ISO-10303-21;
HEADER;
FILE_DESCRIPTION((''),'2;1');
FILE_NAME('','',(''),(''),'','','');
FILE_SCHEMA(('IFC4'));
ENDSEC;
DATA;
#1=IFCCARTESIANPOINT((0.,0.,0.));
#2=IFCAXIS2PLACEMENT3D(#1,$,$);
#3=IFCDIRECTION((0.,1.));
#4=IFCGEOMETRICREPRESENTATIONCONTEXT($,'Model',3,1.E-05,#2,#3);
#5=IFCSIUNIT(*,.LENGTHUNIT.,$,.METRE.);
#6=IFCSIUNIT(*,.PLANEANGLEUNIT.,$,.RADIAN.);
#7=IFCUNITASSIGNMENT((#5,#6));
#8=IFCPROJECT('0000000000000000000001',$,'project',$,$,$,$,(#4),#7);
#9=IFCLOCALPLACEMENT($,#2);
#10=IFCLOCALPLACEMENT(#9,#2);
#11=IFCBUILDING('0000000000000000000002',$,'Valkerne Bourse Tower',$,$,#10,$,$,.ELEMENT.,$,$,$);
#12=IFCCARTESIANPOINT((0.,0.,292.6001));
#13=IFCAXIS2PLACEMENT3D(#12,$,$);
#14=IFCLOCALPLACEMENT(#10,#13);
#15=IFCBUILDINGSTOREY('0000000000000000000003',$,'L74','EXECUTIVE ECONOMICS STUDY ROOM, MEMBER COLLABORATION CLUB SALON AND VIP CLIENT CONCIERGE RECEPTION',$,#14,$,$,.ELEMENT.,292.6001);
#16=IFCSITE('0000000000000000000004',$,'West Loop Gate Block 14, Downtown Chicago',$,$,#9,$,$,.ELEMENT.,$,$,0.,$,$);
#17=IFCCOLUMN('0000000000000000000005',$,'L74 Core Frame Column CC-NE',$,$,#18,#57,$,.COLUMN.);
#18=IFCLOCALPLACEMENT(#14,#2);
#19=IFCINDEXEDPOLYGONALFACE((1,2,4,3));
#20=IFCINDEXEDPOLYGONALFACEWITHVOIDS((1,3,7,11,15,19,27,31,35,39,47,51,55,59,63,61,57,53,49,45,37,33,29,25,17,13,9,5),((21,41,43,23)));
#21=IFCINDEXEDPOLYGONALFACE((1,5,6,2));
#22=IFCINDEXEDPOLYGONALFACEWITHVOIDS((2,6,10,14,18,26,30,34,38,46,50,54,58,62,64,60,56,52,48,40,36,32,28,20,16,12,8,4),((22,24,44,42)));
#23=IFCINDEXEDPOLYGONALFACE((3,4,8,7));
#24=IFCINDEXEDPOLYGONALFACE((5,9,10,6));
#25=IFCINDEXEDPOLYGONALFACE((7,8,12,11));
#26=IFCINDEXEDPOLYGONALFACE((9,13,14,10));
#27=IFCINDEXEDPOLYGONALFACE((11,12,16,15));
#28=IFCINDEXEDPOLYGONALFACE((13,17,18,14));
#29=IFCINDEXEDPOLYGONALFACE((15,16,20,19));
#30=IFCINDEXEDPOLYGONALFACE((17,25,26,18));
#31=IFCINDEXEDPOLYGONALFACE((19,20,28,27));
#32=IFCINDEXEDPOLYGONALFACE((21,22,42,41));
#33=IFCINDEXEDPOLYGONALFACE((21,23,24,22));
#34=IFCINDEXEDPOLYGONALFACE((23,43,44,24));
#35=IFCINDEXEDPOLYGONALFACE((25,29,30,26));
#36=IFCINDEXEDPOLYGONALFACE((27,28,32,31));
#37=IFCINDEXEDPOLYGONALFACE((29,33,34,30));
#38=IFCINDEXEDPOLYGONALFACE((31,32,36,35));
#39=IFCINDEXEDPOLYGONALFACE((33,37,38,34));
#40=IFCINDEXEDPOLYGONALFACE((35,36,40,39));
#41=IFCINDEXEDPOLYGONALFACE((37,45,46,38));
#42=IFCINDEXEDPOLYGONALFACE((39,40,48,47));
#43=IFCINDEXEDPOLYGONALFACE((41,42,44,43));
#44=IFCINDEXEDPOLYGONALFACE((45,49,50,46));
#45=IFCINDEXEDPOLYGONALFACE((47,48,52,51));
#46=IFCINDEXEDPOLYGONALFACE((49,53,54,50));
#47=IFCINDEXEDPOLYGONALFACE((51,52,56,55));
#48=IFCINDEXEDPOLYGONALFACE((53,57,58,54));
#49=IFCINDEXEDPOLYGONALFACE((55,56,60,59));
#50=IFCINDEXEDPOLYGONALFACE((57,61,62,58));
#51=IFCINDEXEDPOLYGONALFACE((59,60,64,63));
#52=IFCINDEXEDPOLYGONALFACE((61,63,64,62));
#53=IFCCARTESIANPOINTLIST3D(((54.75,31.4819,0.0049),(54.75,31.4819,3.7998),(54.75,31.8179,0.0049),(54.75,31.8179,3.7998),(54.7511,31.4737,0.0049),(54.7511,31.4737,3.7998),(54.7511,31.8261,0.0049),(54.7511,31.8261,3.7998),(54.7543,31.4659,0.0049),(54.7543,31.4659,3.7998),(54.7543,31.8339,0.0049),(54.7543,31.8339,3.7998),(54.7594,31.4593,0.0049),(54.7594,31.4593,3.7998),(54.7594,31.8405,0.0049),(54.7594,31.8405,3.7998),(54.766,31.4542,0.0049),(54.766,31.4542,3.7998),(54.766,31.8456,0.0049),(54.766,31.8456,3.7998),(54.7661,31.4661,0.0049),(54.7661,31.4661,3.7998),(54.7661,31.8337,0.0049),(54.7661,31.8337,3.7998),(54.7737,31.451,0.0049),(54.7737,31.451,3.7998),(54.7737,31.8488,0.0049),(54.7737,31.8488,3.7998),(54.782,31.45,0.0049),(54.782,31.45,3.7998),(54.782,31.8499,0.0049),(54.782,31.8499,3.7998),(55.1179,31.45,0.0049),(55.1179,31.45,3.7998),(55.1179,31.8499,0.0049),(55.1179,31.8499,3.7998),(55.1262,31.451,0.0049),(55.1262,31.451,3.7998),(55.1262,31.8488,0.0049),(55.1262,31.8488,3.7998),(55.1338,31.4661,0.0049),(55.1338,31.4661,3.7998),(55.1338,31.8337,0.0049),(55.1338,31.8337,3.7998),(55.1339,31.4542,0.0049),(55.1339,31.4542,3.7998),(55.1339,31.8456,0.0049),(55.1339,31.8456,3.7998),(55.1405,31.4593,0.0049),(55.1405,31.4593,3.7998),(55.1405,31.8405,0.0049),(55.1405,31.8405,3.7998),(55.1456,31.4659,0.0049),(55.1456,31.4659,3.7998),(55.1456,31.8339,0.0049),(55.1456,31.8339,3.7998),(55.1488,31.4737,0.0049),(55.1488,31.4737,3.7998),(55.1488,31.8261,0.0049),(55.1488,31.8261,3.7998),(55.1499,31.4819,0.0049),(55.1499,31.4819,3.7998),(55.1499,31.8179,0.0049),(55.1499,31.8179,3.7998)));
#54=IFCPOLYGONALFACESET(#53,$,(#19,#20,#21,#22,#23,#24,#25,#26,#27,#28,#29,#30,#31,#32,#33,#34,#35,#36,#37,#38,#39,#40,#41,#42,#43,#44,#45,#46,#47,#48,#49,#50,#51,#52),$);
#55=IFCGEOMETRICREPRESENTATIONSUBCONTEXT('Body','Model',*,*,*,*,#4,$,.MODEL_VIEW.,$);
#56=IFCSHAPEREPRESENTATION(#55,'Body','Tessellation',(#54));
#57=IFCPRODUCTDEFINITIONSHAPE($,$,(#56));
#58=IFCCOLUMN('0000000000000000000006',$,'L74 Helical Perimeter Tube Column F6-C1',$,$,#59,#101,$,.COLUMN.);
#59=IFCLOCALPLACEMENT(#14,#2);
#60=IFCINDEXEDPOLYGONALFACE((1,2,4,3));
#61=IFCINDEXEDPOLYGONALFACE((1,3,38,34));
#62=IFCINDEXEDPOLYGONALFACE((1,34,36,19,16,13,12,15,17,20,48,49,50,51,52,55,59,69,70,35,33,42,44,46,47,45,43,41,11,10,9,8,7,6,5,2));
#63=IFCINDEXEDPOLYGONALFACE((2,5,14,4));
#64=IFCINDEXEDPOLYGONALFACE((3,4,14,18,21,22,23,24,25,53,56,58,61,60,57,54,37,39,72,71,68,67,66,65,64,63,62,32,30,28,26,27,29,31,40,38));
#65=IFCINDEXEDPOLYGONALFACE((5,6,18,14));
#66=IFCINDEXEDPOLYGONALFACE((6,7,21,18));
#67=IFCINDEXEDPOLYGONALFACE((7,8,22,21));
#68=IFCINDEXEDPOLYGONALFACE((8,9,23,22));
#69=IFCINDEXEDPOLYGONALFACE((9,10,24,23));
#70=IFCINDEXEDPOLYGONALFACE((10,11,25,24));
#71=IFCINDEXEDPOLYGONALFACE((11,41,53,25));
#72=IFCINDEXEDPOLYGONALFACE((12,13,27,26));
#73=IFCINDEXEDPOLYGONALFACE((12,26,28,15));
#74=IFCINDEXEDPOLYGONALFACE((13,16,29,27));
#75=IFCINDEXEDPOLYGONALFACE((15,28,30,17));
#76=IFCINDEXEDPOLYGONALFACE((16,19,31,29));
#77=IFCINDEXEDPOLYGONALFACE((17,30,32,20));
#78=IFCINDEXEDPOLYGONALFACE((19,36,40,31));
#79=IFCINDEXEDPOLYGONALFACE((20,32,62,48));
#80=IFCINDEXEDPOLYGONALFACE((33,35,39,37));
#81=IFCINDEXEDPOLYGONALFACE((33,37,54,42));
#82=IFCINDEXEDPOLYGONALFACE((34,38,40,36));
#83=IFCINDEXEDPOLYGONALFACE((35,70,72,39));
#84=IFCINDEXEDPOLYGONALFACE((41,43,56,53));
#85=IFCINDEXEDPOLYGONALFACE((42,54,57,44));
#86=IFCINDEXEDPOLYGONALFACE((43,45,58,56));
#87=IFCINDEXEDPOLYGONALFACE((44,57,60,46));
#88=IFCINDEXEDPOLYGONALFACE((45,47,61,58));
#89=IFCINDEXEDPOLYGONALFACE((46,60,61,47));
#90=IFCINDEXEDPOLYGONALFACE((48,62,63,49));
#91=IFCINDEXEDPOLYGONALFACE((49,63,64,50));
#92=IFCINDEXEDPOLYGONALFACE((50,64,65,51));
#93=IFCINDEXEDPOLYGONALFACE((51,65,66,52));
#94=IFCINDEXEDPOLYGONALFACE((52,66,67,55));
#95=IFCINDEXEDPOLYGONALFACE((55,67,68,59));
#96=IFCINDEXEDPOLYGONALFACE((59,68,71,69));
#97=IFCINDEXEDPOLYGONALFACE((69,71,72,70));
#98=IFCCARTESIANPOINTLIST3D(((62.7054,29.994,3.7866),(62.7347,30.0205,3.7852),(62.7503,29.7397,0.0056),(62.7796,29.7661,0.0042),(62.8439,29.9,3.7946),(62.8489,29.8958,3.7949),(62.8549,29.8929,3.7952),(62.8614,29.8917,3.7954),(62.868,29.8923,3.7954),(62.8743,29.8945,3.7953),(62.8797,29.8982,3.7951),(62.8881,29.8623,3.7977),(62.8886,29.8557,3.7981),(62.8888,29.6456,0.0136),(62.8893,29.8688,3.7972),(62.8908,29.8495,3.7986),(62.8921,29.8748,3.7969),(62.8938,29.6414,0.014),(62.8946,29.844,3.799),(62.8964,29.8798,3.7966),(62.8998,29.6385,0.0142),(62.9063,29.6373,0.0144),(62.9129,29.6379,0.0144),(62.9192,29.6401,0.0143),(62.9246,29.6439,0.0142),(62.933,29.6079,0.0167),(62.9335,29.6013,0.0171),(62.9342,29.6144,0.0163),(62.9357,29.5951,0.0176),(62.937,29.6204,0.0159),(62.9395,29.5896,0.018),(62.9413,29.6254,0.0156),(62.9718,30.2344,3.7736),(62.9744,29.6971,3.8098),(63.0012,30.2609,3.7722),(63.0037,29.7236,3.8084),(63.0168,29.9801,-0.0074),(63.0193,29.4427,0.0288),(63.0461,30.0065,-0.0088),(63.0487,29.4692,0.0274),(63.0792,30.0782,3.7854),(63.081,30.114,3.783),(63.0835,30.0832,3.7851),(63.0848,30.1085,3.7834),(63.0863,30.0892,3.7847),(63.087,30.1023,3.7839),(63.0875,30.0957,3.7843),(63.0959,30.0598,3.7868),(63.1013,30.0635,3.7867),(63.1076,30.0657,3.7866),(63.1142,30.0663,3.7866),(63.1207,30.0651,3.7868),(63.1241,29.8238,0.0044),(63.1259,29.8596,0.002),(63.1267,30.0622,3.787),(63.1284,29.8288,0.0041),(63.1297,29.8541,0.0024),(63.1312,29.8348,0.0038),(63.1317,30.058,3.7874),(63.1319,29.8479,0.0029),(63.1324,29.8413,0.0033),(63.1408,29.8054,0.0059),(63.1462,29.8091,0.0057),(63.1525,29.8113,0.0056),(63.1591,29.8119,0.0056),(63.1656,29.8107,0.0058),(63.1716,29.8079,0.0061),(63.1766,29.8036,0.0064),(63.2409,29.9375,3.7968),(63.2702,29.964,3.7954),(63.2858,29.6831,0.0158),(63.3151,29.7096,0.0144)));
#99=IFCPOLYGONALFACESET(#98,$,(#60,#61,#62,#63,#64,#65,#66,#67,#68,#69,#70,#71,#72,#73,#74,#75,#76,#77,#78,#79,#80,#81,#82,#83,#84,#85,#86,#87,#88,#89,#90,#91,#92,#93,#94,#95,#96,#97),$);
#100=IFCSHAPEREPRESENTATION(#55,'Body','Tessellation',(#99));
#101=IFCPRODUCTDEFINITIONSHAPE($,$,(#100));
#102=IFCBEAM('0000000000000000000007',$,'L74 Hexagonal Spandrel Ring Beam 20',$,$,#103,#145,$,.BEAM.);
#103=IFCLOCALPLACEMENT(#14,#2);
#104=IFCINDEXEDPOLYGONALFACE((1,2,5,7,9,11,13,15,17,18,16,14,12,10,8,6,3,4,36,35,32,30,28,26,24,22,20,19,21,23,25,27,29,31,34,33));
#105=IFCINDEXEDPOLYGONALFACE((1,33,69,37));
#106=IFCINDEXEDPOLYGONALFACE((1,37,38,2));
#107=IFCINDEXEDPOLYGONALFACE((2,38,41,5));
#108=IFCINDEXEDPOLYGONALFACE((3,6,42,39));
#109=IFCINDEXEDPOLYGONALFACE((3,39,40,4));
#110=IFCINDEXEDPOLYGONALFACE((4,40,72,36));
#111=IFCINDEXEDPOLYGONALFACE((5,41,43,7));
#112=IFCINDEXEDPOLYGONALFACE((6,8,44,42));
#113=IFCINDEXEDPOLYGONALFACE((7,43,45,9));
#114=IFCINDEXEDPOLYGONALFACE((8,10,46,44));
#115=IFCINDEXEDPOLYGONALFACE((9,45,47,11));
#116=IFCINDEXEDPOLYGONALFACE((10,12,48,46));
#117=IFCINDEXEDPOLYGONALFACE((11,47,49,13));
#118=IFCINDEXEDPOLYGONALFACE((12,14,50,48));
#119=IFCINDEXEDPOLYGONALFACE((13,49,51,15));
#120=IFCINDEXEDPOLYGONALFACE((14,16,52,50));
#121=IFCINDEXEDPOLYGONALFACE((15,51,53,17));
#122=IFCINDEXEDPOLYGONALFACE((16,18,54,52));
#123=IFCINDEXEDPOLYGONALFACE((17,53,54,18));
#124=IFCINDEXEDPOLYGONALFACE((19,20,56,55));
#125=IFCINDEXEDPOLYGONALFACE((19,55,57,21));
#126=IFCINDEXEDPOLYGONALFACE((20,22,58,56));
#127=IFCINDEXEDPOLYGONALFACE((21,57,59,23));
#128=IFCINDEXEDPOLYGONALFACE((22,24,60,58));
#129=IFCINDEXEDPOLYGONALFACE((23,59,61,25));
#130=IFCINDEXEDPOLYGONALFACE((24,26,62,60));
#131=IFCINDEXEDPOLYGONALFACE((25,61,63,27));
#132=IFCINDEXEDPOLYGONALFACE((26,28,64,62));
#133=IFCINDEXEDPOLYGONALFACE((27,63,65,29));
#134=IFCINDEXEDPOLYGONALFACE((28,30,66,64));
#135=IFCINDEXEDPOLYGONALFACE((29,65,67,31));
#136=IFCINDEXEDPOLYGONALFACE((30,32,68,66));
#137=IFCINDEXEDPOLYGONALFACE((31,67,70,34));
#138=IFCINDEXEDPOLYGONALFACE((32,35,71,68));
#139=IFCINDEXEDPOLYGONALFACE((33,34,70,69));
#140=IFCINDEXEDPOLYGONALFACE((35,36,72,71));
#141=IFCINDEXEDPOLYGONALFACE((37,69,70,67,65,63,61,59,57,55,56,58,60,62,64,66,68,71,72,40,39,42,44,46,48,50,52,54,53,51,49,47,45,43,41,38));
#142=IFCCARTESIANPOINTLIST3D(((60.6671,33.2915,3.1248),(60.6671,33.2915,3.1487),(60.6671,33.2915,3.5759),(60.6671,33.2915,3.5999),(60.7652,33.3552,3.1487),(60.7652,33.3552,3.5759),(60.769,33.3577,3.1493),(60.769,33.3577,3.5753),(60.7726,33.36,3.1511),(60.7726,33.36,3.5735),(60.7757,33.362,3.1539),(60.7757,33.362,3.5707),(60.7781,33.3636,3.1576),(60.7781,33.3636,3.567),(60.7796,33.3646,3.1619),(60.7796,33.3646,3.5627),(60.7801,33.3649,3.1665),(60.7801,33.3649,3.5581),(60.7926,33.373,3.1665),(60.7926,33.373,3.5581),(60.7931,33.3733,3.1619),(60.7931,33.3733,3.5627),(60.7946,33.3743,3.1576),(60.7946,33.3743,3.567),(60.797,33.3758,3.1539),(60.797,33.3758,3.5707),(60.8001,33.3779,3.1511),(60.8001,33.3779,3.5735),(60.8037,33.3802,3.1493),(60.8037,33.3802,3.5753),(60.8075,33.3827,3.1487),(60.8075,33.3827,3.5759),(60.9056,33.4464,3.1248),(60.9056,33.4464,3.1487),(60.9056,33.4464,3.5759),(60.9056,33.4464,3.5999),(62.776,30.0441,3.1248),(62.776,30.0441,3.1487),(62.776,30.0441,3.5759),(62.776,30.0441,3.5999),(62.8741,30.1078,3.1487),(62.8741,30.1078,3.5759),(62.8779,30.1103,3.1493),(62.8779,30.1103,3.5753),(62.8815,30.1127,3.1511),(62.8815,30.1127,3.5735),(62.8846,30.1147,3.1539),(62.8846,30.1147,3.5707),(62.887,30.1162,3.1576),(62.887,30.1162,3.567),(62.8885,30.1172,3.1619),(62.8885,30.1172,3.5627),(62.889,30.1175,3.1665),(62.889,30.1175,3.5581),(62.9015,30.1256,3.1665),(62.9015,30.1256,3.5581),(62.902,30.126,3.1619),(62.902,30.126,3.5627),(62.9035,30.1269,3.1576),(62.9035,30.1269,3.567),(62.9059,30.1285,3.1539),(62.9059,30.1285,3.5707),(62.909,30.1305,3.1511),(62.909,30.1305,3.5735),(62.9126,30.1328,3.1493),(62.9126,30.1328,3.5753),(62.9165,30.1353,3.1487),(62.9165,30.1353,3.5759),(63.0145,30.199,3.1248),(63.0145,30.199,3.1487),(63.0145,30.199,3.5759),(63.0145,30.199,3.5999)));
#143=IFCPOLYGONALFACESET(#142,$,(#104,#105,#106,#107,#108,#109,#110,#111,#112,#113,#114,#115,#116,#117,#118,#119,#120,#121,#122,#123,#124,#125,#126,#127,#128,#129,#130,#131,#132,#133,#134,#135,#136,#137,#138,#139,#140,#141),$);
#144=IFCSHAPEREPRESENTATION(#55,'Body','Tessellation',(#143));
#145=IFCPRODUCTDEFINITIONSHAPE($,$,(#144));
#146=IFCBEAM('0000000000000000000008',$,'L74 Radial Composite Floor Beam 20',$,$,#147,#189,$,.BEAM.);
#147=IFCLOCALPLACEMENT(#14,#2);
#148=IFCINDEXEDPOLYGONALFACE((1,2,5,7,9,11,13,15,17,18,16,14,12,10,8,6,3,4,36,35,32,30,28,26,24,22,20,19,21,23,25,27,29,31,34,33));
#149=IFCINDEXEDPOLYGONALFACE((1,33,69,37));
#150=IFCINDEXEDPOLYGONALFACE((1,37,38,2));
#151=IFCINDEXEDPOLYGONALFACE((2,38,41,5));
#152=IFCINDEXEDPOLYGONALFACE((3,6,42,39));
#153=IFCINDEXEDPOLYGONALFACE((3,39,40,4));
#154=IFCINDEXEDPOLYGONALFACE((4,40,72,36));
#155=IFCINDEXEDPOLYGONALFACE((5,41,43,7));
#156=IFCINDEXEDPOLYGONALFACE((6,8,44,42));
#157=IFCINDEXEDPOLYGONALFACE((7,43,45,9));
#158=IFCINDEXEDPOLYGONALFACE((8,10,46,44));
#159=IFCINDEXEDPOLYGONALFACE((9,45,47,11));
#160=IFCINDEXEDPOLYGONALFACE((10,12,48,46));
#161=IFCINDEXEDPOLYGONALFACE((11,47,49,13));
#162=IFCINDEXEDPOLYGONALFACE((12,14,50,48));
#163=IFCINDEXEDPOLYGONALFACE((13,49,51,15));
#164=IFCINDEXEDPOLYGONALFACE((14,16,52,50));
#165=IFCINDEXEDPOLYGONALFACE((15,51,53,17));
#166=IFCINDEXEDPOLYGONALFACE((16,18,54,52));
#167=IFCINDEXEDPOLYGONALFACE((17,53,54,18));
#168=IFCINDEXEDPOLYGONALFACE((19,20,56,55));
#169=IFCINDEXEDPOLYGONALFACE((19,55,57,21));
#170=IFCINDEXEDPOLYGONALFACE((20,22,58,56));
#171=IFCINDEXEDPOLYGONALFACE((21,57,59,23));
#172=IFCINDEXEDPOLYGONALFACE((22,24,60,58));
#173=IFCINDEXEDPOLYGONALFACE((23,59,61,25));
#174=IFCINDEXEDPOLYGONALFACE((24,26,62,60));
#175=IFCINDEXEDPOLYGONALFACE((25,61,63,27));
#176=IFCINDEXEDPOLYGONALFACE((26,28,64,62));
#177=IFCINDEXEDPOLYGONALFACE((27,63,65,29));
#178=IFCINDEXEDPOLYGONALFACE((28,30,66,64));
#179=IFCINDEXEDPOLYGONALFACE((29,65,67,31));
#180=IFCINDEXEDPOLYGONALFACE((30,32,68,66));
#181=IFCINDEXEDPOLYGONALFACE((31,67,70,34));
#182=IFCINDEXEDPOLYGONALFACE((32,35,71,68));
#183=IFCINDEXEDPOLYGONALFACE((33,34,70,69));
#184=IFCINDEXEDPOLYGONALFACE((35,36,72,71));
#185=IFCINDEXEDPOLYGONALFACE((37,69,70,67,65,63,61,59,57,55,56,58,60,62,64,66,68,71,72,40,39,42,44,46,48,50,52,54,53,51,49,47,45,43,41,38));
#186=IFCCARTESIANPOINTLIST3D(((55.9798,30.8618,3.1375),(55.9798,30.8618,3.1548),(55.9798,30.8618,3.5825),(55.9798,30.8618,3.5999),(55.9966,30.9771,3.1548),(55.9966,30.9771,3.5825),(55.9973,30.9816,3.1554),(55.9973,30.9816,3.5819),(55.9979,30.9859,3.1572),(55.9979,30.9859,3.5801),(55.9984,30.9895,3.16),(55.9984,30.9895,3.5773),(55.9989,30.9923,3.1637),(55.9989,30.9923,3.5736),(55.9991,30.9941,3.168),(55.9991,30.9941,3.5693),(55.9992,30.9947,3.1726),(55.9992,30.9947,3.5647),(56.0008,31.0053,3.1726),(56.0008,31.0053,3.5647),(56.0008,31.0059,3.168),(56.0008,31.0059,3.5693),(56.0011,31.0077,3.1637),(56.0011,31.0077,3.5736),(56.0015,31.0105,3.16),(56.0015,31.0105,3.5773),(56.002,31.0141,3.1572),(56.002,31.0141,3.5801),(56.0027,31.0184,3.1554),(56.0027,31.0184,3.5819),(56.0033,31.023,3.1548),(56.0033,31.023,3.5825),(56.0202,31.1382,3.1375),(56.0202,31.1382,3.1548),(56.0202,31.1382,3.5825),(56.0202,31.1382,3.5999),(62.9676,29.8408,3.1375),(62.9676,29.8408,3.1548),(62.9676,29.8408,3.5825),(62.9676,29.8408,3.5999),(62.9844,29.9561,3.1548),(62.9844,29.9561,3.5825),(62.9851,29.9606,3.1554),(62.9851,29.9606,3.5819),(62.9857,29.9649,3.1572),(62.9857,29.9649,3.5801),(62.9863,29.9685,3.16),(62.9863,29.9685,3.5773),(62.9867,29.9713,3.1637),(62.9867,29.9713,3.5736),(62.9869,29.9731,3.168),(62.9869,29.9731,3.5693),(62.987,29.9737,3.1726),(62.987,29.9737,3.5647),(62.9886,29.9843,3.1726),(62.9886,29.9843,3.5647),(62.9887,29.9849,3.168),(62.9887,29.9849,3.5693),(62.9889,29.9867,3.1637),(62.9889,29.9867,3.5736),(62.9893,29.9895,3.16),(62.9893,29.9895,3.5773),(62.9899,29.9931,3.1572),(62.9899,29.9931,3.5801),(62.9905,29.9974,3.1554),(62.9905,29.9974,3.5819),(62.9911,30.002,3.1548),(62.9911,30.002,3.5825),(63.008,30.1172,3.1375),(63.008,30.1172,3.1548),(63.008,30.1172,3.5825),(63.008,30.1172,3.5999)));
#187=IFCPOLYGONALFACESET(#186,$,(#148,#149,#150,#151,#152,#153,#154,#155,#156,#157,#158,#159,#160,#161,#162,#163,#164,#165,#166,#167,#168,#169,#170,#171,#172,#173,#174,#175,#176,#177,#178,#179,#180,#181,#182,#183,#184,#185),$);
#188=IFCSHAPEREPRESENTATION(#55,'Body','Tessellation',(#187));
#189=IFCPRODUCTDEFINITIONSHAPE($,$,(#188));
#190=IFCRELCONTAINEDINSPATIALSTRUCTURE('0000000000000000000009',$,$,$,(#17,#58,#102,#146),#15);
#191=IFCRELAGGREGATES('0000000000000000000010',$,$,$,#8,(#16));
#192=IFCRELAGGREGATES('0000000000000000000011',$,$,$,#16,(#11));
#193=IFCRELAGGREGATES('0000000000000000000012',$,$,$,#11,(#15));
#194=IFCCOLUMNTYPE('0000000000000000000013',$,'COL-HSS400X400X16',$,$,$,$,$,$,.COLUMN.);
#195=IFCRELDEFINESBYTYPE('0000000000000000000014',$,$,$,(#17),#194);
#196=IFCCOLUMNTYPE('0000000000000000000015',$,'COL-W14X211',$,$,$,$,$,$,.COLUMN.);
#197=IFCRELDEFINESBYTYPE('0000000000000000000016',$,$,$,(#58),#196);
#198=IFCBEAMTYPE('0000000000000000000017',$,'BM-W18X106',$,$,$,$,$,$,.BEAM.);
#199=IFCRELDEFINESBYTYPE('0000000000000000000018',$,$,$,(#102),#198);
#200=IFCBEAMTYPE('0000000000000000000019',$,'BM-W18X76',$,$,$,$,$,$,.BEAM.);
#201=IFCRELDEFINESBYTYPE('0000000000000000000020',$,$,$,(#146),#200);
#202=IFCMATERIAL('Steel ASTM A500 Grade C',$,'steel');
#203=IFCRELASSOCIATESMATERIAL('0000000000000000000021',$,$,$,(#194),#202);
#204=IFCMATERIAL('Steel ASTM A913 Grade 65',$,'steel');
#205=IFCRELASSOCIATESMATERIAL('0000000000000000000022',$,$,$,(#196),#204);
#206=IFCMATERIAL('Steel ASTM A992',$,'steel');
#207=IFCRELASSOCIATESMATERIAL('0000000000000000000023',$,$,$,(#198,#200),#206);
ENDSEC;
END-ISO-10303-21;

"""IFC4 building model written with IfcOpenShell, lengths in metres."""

from ifc_helpers import new_model, si_unit, direction, frame, origin, origin_2d, place, context, subcontext, project, spatial, hollow_rectangle, i_section, extrude, material, material_profile, profile_set, type_object, element, save


model = new_model("IFC4")

# Units and contexts
model_context = context("Model", 3, precision=1e-05, world=origin(), true_north=direction((0.0, 1.0)))
body_context = subcontext(model_context, "Body", "Model", "MODEL_VIEW")
ifc_project = project(units=[si_unit("LENGTHUNIT", "METRE"), si_unit("PLANEANGLEUNIT", "RADIAN")], contexts=[model_context])

# Site, building, storey
site_placement = place(None, origin())
site = spatial("IfcSite", under=ifc_project, at=site_placement, Name="West Loop Gate Block 14, Downtown Chicago", CompositionType="ELEMENT", RefElevation=0.0)
building_placement = place(site_placement, origin())
building = spatial("IfcBuilding", under=site, at=building_placement, Name="Valkerne Bourse Tower", CompositionType="ELEMENT")
storey_placement = place(building_placement, frame((0.0, 0.0, 292.6001)))
storey = spatial("IfcBuildingStorey", under=building, at=storey_placement, Name="L74", Description="EXECUTIVE ECONOMICS STUDY ROOM, MEMBER COLLABORATION CLUB SALON AND VIP CLIENT CONCIERGE RECEPTION", CompositionType="ELEMENT", Elevation=292.6001)

# Columns
ifc_material_1 = material(Name="Steel ASTM A500 Grade C", Category="steel")
ifc_material_profile_1 = material_profile(ifc_material_1, hollow_rectangle(XDim=0.3999, YDim=0.3999, WallThickness=0.0161, OuterFilletRadius=0.032, at=origin_2d()), Name="HSS400X400X16")
ifc_profile_set_1 = profile_set([ifc_material_profile_1], Name="Steel ASTM A500 Grade C")
column_type_1 = type_object("IfcColumnType", Name="COL-HSS400X400X16", PredefinedType="COLUMN", material=ifc_profile_set_1)
column_1_placement = place(storey_placement, frame((54.95, 31.6499, 0.0049), z_axis=(0.0, 0.0, 1.0), x_axis=(1.0, 0.0, 0.0)))
element("IfcColumn", 1, at=column_1_placement, inside=storey, type_object=column_type_1, Name="L74 Core Frame Column CC-NE", PredefinedType="COLUMN", context=body_context, shape_type="SweptSolid", body=[
    extrude(hollow_rectangle(XDim=0.3999, YDim=0.3999, WallThickness=0.0161, OuterFilletRadius=0.032, at=origin_2d()), origin(), (0.0, 0.0, 1.0), 3.7949),
])
ifc_material_2 = material(Name="Steel ASTM A913 Grade 65", Category="steel")
ifc_material_profile_2 = material_profile(ifc_material_2, i_section(OverallWidth=0.4014, OverallDepth=0.3987, WebThickness=0.0249, FlangeThickness=0.0396, FilletRadius=0.0254, at=origin_2d()), Name="W14X211")
ifc_profile_set_2 = profile_set([ifc_material_profile_2], Name="Steel ASTM A913 Grade 65")
column_type_2 = type_object("IfcColumnType", Name="COL-W14X211", PredefinedType="COLUMN", material=ifc_profile_set_2)
column_2_placement = place(storey_placement, frame((63.0327, 29.7246, 0.01), z_axis=(-0.011853, 0.067126, 0.997674), x_axis=(0.670269, -0.739869, 0.057743)))
element("IfcColumn", 2, at=column_2_placement, inside=storey, type_object=column_type_2, Name="L74 Helical Perimeter Tube Column F6-C1", PredefinedType="COLUMN", context=body_context, shape_type="SweptSolid", body=[
    extrude(i_section(OverallWidth=0.4014, OverallDepth=0.3987, WebThickness=0.0249, FlangeThickness=0.0396, FilletRadius=0.0254, at=origin_2d()), origin(), (0.0, 0.0, 1.0), 3.7898),
])

# Beams
ifc_material_3 = material(Name="Steel ASTM A992", Category="steel")
ifc_material_profile_3 = material_profile(ifc_material_3, i_section(OverallWidth=0.2844, OverallDepth=0.4751, WebThickness=0.0149, FlangeThickness=0.0239, FilletRadius=0.0178, at=origin_2d()), Name="W18X106")
ifc_profile_set_3 = profile_set([ifc_material_profile_3], Name="Steel ASTM A992")
beam_type_1 = type_object("IfcBeamType", Name="BM-W18X106", PredefinedType="BEAM", material=ifc_profile_set_3)
beam_1_placement = place(storey_placement, frame((62.8953, 30.1216, 3.3623), z_axis=(-0.544649, 0.838664, 0.0), x_axis=(-0.838664, -0.544649, 0.0)))
element("IfcBeam", 3, at=beam_1_placement, inside=storey, type_object=beam_type_1, Name="L74 Hexagonal Spandrel Ring Beam 20", PredefinedType="BEAM", context=body_context, shape_type="SweptSolid", body=[
    extrude(i_section(OverallWidth=0.2844, OverallDepth=0.4751, WebThickness=0.0149, FlangeThickness=0.0239, FilletRadius=0.0178, at=origin_2d()), origin(), (0.0, 0.0, 1.0), 3.8721),
])
ifc_material_profile_4 = material_profile(ifc_material_3, i_section(OverallWidth=0.2793, OverallDepth=0.4624, WebThickness=0.0107, FlangeThickness=0.0173, FilletRadius=0.0178, at=origin_2d()), Name="W18X76")
ifc_profile_set_4 = profile_set([ifc_material_profile_4], Name="Steel ASTM A992")
beam_type_2 = type_object("IfcBeamType", Name="BM-W18X76", PredefinedType="BEAM", material=ifc_profile_set_4)
beam_2_placement = place(storey_placement, frame((62.9878, 29.979, 3.3687), z_axis=(-0.989494, 0.144576, 0.0), x_axis=(-0.144576, -0.989494, 0.0)))
element("IfcBeam", 4, at=beam_2_placement, inside=storey, type_object=beam_type_2, Name="L74 Radial Composite Floor Beam 20", PredefinedType="BEAM", context=body_context, shape_type="SweptSolid", body=[
    extrude(i_section(OverallWidth=0.2793, OverallDepth=0.4624, WebThickness=0.0107, FlangeThickness=0.0173, FilletRadius=0.0178, at=origin_2d()), origin(), (0.0, 0.0, 1.0), 7.062),
])

save(model, "model.ifc")
